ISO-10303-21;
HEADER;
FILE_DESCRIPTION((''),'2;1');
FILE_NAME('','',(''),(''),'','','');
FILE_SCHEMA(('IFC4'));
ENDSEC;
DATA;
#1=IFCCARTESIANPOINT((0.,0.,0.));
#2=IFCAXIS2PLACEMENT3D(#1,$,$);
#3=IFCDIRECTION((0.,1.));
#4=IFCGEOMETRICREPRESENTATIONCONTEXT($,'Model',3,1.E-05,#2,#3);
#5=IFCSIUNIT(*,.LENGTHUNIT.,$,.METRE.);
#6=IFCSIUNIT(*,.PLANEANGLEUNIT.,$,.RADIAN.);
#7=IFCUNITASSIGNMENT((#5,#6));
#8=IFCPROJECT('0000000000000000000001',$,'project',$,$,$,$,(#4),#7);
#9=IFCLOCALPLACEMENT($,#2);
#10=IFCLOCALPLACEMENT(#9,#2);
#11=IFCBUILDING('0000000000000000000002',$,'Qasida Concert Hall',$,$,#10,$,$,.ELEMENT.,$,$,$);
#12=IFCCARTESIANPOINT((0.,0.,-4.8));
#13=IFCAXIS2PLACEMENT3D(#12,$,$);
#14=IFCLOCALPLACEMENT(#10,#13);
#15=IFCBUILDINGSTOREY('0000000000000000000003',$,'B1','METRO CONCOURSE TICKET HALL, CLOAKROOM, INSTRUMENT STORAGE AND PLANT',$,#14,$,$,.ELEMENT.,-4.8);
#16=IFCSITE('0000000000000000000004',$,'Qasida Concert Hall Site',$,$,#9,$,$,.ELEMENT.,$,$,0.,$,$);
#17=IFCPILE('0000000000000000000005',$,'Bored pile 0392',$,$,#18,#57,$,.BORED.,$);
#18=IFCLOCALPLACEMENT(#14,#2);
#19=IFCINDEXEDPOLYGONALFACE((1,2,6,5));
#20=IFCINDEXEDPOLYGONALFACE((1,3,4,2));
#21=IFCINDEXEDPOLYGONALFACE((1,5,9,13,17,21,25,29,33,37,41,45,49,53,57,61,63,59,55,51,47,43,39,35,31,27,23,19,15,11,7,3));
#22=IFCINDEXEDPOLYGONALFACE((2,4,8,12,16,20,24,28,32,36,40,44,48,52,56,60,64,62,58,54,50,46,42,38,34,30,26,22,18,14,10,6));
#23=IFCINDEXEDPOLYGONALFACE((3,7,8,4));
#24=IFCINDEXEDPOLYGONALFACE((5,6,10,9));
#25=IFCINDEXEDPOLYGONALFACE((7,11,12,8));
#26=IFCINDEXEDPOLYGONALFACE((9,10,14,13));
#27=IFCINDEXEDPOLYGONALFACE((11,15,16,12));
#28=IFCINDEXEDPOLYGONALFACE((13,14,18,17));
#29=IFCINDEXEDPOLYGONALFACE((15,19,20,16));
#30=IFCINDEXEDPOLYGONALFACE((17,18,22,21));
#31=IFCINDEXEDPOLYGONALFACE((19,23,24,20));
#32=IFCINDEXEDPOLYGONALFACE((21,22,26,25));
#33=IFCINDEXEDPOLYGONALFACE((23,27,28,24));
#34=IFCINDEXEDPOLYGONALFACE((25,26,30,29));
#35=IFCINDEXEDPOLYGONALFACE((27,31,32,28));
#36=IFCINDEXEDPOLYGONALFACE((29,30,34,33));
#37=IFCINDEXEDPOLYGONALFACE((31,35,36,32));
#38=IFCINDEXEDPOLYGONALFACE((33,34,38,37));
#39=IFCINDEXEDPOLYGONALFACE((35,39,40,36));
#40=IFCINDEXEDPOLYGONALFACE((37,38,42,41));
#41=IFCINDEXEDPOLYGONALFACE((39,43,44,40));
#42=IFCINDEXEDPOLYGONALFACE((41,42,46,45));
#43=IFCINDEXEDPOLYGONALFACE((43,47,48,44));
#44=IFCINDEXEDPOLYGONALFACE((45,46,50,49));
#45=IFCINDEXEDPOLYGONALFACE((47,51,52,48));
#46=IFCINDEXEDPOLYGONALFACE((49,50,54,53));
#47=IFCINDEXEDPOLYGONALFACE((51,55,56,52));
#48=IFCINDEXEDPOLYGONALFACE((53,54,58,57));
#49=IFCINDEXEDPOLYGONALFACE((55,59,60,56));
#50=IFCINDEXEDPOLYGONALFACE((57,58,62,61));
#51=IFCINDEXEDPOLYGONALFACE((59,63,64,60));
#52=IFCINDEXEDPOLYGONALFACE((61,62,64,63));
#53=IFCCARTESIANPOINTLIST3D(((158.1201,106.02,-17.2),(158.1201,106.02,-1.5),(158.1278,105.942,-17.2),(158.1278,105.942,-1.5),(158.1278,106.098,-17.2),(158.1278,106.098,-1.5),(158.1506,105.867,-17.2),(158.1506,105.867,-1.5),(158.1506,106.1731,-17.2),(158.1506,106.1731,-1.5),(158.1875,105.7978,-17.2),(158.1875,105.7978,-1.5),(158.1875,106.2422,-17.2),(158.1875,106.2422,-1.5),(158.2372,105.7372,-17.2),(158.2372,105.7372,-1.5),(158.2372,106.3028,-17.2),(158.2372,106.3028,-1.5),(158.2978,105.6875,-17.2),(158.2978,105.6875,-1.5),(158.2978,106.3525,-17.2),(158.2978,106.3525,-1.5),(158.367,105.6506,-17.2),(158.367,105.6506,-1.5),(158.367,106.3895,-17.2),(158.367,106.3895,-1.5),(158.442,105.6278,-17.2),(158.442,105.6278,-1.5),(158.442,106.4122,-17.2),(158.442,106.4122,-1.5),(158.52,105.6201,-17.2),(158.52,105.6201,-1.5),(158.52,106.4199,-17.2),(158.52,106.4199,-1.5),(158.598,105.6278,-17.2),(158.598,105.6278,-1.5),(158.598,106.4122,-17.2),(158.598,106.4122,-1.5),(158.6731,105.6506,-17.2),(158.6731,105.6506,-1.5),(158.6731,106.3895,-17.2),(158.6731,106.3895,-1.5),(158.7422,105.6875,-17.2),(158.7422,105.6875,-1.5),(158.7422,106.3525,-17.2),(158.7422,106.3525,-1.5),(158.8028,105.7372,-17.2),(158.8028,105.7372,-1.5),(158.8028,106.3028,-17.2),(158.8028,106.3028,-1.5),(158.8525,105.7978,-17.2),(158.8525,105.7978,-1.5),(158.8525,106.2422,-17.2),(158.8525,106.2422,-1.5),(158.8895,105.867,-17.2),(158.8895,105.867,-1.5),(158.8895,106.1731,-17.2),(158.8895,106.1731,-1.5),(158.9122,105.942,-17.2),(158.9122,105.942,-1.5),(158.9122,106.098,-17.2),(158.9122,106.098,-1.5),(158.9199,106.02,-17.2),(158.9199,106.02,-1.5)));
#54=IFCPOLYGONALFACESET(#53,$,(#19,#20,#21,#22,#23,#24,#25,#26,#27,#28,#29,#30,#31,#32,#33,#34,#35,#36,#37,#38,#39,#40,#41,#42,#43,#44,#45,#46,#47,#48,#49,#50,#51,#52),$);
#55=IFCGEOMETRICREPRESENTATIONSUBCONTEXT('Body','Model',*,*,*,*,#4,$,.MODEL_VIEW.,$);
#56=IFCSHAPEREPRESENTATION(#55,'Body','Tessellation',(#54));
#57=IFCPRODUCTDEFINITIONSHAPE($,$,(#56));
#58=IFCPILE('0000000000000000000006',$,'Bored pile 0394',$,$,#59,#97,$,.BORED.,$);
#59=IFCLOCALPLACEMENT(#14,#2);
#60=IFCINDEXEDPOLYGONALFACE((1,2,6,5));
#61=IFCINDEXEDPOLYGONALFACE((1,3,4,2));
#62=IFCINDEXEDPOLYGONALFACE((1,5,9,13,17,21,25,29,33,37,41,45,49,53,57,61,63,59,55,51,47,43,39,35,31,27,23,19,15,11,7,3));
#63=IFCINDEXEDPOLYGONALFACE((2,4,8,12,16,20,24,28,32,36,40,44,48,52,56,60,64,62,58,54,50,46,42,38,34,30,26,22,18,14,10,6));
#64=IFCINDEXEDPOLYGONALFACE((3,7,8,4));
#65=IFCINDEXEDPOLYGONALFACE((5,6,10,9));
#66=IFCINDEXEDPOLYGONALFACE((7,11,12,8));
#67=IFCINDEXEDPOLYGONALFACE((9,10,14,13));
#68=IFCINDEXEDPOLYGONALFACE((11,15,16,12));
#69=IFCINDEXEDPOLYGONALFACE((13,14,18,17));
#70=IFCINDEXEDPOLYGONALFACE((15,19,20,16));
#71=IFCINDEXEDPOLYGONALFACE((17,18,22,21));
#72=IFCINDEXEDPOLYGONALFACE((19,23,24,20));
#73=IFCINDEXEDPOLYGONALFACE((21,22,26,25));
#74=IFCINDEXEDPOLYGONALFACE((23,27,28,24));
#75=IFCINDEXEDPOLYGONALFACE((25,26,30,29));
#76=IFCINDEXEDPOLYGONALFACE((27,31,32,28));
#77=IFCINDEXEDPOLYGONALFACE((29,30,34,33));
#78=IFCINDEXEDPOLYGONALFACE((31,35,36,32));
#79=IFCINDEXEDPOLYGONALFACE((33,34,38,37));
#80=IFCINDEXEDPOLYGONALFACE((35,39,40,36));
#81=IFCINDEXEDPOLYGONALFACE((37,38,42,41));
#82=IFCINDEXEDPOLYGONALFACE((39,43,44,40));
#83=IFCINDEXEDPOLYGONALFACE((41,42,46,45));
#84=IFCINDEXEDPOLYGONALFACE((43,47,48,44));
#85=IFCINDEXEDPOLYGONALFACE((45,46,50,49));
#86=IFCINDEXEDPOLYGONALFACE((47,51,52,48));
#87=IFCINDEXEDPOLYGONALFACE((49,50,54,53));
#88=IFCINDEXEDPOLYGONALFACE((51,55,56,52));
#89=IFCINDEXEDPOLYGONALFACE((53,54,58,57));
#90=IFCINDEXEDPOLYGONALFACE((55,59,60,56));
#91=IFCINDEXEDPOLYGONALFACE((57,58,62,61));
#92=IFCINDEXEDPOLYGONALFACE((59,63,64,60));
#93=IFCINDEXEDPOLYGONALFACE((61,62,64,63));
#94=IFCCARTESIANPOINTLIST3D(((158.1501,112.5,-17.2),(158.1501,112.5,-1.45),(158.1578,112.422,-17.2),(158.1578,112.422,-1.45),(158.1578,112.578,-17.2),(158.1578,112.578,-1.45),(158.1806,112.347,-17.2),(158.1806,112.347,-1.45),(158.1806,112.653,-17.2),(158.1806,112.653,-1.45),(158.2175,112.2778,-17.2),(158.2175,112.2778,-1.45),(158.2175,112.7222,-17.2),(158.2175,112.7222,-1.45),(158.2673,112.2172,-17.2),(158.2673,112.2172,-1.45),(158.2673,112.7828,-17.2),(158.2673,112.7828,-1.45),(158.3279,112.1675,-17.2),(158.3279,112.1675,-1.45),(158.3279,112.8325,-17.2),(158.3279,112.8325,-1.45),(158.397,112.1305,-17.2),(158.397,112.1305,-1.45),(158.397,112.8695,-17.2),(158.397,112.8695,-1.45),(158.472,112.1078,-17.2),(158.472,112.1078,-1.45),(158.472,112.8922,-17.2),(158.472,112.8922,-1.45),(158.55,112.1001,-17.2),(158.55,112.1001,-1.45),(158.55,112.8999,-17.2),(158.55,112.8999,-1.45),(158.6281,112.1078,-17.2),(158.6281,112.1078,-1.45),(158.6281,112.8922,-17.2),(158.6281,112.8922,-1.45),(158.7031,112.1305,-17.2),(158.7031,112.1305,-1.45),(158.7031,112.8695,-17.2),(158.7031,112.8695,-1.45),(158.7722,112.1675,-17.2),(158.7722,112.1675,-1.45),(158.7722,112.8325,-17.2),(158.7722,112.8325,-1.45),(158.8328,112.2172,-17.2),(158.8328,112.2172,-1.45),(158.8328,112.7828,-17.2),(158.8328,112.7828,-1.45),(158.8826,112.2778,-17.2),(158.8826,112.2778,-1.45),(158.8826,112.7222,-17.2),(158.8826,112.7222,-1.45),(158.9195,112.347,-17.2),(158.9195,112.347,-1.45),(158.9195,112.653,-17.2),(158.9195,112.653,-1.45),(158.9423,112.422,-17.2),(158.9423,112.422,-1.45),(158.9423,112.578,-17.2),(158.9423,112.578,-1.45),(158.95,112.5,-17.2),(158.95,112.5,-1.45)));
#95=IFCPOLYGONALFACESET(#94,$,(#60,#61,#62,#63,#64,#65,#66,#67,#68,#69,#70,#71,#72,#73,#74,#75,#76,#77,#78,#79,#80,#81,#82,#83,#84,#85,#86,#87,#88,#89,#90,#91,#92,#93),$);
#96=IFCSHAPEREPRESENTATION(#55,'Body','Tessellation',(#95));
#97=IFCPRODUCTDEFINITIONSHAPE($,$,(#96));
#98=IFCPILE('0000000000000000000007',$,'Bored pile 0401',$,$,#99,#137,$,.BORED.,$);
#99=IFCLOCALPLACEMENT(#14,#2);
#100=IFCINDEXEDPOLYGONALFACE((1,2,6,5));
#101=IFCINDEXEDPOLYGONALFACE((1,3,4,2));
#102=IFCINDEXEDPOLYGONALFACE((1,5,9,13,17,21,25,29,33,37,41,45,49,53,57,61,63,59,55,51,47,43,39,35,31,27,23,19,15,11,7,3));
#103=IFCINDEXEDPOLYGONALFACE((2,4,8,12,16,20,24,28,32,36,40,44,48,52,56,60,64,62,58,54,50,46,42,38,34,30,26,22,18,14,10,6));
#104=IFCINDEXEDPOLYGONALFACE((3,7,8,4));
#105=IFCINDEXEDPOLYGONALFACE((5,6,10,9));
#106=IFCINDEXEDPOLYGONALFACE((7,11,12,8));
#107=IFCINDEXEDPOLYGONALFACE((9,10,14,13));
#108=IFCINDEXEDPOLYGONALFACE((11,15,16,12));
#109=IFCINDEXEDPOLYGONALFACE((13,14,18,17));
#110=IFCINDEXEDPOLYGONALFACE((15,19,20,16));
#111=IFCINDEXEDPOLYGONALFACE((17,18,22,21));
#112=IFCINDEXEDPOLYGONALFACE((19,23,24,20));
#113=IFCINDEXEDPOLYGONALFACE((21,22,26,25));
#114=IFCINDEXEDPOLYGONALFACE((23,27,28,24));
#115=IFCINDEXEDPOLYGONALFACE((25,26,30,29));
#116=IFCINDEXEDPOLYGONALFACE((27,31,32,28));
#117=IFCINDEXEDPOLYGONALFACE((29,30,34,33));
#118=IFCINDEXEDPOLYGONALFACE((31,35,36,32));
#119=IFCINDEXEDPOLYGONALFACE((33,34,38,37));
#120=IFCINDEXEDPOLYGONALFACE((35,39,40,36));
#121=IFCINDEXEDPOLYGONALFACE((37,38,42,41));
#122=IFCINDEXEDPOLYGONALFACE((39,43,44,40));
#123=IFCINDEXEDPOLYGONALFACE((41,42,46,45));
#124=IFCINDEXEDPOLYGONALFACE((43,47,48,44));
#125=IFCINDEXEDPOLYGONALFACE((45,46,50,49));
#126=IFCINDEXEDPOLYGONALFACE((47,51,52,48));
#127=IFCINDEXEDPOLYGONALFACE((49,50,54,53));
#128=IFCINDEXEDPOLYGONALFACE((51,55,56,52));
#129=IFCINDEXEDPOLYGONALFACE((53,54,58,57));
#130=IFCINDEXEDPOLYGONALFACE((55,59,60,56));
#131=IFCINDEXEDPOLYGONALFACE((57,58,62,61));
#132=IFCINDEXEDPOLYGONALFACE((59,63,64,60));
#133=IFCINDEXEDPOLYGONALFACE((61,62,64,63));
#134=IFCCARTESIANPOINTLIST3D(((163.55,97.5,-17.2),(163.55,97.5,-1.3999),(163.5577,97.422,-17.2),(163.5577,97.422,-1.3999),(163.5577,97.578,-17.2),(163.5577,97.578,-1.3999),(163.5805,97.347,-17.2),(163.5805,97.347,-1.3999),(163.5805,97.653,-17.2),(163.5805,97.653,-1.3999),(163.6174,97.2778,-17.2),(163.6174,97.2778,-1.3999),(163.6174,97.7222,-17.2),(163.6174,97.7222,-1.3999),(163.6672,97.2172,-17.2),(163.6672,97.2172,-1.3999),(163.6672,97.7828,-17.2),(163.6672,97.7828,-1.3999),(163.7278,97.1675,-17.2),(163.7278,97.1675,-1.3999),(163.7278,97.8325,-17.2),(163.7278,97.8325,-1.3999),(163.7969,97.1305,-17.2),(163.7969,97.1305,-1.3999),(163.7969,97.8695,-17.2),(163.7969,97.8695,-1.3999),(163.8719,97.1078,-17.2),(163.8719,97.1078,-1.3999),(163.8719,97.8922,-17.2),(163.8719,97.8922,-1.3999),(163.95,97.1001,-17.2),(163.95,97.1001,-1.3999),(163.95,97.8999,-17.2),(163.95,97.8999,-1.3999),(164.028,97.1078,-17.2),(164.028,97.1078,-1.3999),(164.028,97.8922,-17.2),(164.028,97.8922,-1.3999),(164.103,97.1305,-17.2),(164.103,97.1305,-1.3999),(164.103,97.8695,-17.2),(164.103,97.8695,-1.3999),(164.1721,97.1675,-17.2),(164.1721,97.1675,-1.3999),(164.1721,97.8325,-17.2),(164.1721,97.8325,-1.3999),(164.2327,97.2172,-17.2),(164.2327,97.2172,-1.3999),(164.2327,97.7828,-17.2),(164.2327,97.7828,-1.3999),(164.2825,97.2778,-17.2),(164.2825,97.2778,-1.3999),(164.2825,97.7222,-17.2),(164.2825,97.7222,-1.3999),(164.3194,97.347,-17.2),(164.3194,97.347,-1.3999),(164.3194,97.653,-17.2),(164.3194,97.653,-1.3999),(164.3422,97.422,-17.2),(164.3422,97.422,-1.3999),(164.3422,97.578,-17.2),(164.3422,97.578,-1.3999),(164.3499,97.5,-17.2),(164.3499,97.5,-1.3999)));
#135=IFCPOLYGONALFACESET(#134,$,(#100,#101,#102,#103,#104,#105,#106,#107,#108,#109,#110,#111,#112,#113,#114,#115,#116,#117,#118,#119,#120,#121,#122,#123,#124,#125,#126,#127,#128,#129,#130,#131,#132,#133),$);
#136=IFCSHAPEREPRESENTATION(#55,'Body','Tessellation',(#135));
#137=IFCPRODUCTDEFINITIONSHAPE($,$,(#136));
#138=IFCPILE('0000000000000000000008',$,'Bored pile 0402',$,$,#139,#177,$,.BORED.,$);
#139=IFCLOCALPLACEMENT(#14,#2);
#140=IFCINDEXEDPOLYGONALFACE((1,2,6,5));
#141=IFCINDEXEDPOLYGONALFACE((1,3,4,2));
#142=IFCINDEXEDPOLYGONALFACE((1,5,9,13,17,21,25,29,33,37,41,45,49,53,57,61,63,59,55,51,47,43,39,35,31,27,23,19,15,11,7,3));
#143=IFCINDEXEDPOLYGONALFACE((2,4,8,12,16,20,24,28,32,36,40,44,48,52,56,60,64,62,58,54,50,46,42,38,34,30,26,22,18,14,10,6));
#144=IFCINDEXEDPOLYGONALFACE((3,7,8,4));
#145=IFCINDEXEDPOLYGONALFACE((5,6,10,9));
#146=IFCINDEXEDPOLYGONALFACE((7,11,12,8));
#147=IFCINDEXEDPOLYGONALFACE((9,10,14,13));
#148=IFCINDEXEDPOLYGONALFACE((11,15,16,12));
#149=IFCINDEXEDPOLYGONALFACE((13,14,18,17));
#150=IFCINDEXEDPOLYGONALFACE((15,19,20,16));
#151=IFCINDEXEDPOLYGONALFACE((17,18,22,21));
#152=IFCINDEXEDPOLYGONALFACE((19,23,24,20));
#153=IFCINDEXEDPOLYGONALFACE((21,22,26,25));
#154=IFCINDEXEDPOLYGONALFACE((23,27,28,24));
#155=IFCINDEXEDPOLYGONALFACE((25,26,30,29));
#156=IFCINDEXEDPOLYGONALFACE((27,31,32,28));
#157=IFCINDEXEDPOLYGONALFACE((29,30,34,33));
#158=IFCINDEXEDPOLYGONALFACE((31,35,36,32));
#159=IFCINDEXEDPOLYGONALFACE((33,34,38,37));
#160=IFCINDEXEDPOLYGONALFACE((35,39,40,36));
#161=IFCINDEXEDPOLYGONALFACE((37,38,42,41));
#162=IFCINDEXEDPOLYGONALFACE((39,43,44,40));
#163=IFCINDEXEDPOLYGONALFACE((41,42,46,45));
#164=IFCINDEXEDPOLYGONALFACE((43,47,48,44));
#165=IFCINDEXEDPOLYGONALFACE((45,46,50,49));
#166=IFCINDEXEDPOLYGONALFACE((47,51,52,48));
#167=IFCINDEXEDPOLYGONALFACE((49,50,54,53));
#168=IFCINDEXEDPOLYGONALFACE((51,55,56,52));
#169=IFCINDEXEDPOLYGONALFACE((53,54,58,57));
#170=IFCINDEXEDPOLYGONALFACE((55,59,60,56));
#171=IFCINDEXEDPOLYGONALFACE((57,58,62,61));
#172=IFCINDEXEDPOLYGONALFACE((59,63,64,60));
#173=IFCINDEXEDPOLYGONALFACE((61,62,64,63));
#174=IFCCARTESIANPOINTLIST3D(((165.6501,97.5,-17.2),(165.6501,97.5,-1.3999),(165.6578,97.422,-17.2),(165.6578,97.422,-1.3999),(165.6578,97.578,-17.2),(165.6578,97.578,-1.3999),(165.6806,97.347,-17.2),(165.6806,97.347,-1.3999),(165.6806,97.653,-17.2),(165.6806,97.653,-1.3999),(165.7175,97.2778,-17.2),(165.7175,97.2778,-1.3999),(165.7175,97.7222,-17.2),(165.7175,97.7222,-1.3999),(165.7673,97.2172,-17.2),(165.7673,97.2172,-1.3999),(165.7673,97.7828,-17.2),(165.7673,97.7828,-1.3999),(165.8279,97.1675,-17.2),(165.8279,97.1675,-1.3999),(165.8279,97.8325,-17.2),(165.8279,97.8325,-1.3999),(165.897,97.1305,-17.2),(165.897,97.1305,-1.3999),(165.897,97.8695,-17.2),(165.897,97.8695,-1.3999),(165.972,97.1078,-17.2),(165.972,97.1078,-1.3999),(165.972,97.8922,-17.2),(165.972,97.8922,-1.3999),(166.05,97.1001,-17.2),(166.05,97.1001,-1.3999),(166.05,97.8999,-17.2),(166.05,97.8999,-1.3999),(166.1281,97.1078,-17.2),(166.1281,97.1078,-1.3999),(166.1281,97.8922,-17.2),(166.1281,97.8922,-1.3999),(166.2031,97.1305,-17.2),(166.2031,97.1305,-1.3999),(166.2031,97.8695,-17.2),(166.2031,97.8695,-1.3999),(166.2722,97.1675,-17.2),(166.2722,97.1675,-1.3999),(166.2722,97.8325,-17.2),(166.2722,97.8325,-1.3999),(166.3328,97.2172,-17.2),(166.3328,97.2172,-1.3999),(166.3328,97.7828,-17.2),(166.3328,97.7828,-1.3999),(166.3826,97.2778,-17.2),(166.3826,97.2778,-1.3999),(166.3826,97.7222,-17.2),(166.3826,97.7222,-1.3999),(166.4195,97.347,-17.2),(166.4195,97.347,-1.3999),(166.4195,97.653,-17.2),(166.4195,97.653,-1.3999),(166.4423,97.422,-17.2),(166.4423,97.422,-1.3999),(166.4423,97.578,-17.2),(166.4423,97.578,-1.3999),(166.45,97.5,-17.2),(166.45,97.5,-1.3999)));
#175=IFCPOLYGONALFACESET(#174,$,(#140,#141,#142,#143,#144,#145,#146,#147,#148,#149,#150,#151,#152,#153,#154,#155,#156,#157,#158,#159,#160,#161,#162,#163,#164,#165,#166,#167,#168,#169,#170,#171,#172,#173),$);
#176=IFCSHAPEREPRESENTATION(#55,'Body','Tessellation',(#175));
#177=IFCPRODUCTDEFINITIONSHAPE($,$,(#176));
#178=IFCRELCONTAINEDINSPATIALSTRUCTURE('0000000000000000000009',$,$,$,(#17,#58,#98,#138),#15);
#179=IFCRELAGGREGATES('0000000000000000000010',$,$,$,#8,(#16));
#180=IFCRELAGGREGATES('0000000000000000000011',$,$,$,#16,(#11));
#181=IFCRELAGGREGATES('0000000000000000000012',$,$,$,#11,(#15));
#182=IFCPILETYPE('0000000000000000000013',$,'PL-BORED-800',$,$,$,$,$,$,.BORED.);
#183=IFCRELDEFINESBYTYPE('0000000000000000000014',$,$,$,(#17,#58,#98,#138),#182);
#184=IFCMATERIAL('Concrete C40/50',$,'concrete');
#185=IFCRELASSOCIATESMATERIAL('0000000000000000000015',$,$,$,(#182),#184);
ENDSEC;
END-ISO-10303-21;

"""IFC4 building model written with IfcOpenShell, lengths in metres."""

from ifc_helpers import new_model, si_unit, direction, frame, origin, origin_2d, place, context, subcontext, project, spatial, circle, extrude, material, material_profile, profile_set, type_object, element, save


model = new_model("IFC4")

# Units and contexts
model_context = context("Model", 3, precision=1e-05, world=origin(), true_north=direction((0.0, 1.0)))
body_context = subcontext(model_context, "Body", "Model", "MODEL_VIEW")
ifc_project = project(units=[si_unit("LENGTHUNIT", "METRE"), si_unit("PLANEANGLEUNIT", "RADIAN")], contexts=[model_context])

# Site, building, storey
site_placement = place(None, origin())
site = spatial("IfcSite", under=ifc_project, at=site_placement, Name="Qasida Concert Hall Site", CompositionType="ELEMENT", RefElevation=0.0)
building_placement = place(site_placement, origin())
building = spatial("IfcBuilding", under=site, at=building_placement, Name="Qasida Concert Hall", CompositionType="ELEMENT")
storey_placement = place(building_placement, frame((0.0, 0.0, -4.8)))
storey = spatial("IfcBuildingStorey", under=building, at=storey_placement, Name="B1", Description="METRO CONCOURSE TICKET HALL, CLOAKROOM, INSTRUMENT STORAGE AND PLANT", CompositionType="ELEMENT", Elevation=-4.8)

# Shared definitions
ifc_material_1 = material(Name="Concrete C40/50", Category="concrete")

# Piles
ifc_material_profile_1 = material_profile(ifc_material_1, circle(Radius=0.3999, at=origin_2d()), Name="BORED PILE D800")
ifc_profile_set_1 = profile_set([ifc_material_profile_1], Name="Concrete C40/50")
pile_type = type_object("IfcPileType", Name="PL-BORED-800", PredefinedType="BORED", material=ifc_profile_set_1)
for number, where, z_axis, x_axis, name in (
    (1, (158.52, 106.02, -1.5), (0.0, 0.0, -1.0), (1.0, 0.0, 0.0), "Bored pile 0392"),
):
    element("IfcPile", number, at=place(storey_placement, frame(where, z_axis=z_axis, x_axis=x_axis)), inside=storey, type_object=pile_type, Name=name, PredefinedType="BORED", context=body_context, shape_type="SweptSolid", body=[
        extrude(circle(Radius=0.3999, at=origin_2d()), origin(), (0.0, 0.0, 1.0), 15.7),
    ])
pile_1_placement = place(storey_placement, frame((158.55, 112.5, -1.45), z_axis=(0.0, 0.0, -1.0), x_axis=(1.0, 0.0, 0.0)))
element("IfcPile", 2, at=pile_1_placement, inside=storey, type_object=pile_type, Name="Bored pile 0394", PredefinedType="BORED", context=body_context, shape_type="SweptSolid", body=[
    extrude(circle(Radius=0.3999, at=origin_2d()), origin(), (0.0, 0.0, 1.0), 15.75),
])
for number, where, z_axis, x_axis, name in (
    (3, (163.95, 97.5, -1.3999), (0.0, 0.0, -1.0), (1.0, 0.0, 0.0), "Bored pile 0401"),
    (4, (166.05, 97.5, -1.3999), (0.0, 0.0, -1.0), (1.0, 0.0, 0.0), "Bored pile 0402"),
):
    element("IfcPile", number, at=place(storey_placement, frame(where, z_axis=z_axis, x_axis=x_axis)), inside=storey, type_object=pile_type, Name=name, PredefinedType="BORED", context=body_context, shape_type="SweptSolid", body=[
        extrude(circle(Radius=0.3999, at=origin_2d()), origin(), (0.0, 0.0, 1.0), 15.8),
    ])

save(model, "model.ifc")
